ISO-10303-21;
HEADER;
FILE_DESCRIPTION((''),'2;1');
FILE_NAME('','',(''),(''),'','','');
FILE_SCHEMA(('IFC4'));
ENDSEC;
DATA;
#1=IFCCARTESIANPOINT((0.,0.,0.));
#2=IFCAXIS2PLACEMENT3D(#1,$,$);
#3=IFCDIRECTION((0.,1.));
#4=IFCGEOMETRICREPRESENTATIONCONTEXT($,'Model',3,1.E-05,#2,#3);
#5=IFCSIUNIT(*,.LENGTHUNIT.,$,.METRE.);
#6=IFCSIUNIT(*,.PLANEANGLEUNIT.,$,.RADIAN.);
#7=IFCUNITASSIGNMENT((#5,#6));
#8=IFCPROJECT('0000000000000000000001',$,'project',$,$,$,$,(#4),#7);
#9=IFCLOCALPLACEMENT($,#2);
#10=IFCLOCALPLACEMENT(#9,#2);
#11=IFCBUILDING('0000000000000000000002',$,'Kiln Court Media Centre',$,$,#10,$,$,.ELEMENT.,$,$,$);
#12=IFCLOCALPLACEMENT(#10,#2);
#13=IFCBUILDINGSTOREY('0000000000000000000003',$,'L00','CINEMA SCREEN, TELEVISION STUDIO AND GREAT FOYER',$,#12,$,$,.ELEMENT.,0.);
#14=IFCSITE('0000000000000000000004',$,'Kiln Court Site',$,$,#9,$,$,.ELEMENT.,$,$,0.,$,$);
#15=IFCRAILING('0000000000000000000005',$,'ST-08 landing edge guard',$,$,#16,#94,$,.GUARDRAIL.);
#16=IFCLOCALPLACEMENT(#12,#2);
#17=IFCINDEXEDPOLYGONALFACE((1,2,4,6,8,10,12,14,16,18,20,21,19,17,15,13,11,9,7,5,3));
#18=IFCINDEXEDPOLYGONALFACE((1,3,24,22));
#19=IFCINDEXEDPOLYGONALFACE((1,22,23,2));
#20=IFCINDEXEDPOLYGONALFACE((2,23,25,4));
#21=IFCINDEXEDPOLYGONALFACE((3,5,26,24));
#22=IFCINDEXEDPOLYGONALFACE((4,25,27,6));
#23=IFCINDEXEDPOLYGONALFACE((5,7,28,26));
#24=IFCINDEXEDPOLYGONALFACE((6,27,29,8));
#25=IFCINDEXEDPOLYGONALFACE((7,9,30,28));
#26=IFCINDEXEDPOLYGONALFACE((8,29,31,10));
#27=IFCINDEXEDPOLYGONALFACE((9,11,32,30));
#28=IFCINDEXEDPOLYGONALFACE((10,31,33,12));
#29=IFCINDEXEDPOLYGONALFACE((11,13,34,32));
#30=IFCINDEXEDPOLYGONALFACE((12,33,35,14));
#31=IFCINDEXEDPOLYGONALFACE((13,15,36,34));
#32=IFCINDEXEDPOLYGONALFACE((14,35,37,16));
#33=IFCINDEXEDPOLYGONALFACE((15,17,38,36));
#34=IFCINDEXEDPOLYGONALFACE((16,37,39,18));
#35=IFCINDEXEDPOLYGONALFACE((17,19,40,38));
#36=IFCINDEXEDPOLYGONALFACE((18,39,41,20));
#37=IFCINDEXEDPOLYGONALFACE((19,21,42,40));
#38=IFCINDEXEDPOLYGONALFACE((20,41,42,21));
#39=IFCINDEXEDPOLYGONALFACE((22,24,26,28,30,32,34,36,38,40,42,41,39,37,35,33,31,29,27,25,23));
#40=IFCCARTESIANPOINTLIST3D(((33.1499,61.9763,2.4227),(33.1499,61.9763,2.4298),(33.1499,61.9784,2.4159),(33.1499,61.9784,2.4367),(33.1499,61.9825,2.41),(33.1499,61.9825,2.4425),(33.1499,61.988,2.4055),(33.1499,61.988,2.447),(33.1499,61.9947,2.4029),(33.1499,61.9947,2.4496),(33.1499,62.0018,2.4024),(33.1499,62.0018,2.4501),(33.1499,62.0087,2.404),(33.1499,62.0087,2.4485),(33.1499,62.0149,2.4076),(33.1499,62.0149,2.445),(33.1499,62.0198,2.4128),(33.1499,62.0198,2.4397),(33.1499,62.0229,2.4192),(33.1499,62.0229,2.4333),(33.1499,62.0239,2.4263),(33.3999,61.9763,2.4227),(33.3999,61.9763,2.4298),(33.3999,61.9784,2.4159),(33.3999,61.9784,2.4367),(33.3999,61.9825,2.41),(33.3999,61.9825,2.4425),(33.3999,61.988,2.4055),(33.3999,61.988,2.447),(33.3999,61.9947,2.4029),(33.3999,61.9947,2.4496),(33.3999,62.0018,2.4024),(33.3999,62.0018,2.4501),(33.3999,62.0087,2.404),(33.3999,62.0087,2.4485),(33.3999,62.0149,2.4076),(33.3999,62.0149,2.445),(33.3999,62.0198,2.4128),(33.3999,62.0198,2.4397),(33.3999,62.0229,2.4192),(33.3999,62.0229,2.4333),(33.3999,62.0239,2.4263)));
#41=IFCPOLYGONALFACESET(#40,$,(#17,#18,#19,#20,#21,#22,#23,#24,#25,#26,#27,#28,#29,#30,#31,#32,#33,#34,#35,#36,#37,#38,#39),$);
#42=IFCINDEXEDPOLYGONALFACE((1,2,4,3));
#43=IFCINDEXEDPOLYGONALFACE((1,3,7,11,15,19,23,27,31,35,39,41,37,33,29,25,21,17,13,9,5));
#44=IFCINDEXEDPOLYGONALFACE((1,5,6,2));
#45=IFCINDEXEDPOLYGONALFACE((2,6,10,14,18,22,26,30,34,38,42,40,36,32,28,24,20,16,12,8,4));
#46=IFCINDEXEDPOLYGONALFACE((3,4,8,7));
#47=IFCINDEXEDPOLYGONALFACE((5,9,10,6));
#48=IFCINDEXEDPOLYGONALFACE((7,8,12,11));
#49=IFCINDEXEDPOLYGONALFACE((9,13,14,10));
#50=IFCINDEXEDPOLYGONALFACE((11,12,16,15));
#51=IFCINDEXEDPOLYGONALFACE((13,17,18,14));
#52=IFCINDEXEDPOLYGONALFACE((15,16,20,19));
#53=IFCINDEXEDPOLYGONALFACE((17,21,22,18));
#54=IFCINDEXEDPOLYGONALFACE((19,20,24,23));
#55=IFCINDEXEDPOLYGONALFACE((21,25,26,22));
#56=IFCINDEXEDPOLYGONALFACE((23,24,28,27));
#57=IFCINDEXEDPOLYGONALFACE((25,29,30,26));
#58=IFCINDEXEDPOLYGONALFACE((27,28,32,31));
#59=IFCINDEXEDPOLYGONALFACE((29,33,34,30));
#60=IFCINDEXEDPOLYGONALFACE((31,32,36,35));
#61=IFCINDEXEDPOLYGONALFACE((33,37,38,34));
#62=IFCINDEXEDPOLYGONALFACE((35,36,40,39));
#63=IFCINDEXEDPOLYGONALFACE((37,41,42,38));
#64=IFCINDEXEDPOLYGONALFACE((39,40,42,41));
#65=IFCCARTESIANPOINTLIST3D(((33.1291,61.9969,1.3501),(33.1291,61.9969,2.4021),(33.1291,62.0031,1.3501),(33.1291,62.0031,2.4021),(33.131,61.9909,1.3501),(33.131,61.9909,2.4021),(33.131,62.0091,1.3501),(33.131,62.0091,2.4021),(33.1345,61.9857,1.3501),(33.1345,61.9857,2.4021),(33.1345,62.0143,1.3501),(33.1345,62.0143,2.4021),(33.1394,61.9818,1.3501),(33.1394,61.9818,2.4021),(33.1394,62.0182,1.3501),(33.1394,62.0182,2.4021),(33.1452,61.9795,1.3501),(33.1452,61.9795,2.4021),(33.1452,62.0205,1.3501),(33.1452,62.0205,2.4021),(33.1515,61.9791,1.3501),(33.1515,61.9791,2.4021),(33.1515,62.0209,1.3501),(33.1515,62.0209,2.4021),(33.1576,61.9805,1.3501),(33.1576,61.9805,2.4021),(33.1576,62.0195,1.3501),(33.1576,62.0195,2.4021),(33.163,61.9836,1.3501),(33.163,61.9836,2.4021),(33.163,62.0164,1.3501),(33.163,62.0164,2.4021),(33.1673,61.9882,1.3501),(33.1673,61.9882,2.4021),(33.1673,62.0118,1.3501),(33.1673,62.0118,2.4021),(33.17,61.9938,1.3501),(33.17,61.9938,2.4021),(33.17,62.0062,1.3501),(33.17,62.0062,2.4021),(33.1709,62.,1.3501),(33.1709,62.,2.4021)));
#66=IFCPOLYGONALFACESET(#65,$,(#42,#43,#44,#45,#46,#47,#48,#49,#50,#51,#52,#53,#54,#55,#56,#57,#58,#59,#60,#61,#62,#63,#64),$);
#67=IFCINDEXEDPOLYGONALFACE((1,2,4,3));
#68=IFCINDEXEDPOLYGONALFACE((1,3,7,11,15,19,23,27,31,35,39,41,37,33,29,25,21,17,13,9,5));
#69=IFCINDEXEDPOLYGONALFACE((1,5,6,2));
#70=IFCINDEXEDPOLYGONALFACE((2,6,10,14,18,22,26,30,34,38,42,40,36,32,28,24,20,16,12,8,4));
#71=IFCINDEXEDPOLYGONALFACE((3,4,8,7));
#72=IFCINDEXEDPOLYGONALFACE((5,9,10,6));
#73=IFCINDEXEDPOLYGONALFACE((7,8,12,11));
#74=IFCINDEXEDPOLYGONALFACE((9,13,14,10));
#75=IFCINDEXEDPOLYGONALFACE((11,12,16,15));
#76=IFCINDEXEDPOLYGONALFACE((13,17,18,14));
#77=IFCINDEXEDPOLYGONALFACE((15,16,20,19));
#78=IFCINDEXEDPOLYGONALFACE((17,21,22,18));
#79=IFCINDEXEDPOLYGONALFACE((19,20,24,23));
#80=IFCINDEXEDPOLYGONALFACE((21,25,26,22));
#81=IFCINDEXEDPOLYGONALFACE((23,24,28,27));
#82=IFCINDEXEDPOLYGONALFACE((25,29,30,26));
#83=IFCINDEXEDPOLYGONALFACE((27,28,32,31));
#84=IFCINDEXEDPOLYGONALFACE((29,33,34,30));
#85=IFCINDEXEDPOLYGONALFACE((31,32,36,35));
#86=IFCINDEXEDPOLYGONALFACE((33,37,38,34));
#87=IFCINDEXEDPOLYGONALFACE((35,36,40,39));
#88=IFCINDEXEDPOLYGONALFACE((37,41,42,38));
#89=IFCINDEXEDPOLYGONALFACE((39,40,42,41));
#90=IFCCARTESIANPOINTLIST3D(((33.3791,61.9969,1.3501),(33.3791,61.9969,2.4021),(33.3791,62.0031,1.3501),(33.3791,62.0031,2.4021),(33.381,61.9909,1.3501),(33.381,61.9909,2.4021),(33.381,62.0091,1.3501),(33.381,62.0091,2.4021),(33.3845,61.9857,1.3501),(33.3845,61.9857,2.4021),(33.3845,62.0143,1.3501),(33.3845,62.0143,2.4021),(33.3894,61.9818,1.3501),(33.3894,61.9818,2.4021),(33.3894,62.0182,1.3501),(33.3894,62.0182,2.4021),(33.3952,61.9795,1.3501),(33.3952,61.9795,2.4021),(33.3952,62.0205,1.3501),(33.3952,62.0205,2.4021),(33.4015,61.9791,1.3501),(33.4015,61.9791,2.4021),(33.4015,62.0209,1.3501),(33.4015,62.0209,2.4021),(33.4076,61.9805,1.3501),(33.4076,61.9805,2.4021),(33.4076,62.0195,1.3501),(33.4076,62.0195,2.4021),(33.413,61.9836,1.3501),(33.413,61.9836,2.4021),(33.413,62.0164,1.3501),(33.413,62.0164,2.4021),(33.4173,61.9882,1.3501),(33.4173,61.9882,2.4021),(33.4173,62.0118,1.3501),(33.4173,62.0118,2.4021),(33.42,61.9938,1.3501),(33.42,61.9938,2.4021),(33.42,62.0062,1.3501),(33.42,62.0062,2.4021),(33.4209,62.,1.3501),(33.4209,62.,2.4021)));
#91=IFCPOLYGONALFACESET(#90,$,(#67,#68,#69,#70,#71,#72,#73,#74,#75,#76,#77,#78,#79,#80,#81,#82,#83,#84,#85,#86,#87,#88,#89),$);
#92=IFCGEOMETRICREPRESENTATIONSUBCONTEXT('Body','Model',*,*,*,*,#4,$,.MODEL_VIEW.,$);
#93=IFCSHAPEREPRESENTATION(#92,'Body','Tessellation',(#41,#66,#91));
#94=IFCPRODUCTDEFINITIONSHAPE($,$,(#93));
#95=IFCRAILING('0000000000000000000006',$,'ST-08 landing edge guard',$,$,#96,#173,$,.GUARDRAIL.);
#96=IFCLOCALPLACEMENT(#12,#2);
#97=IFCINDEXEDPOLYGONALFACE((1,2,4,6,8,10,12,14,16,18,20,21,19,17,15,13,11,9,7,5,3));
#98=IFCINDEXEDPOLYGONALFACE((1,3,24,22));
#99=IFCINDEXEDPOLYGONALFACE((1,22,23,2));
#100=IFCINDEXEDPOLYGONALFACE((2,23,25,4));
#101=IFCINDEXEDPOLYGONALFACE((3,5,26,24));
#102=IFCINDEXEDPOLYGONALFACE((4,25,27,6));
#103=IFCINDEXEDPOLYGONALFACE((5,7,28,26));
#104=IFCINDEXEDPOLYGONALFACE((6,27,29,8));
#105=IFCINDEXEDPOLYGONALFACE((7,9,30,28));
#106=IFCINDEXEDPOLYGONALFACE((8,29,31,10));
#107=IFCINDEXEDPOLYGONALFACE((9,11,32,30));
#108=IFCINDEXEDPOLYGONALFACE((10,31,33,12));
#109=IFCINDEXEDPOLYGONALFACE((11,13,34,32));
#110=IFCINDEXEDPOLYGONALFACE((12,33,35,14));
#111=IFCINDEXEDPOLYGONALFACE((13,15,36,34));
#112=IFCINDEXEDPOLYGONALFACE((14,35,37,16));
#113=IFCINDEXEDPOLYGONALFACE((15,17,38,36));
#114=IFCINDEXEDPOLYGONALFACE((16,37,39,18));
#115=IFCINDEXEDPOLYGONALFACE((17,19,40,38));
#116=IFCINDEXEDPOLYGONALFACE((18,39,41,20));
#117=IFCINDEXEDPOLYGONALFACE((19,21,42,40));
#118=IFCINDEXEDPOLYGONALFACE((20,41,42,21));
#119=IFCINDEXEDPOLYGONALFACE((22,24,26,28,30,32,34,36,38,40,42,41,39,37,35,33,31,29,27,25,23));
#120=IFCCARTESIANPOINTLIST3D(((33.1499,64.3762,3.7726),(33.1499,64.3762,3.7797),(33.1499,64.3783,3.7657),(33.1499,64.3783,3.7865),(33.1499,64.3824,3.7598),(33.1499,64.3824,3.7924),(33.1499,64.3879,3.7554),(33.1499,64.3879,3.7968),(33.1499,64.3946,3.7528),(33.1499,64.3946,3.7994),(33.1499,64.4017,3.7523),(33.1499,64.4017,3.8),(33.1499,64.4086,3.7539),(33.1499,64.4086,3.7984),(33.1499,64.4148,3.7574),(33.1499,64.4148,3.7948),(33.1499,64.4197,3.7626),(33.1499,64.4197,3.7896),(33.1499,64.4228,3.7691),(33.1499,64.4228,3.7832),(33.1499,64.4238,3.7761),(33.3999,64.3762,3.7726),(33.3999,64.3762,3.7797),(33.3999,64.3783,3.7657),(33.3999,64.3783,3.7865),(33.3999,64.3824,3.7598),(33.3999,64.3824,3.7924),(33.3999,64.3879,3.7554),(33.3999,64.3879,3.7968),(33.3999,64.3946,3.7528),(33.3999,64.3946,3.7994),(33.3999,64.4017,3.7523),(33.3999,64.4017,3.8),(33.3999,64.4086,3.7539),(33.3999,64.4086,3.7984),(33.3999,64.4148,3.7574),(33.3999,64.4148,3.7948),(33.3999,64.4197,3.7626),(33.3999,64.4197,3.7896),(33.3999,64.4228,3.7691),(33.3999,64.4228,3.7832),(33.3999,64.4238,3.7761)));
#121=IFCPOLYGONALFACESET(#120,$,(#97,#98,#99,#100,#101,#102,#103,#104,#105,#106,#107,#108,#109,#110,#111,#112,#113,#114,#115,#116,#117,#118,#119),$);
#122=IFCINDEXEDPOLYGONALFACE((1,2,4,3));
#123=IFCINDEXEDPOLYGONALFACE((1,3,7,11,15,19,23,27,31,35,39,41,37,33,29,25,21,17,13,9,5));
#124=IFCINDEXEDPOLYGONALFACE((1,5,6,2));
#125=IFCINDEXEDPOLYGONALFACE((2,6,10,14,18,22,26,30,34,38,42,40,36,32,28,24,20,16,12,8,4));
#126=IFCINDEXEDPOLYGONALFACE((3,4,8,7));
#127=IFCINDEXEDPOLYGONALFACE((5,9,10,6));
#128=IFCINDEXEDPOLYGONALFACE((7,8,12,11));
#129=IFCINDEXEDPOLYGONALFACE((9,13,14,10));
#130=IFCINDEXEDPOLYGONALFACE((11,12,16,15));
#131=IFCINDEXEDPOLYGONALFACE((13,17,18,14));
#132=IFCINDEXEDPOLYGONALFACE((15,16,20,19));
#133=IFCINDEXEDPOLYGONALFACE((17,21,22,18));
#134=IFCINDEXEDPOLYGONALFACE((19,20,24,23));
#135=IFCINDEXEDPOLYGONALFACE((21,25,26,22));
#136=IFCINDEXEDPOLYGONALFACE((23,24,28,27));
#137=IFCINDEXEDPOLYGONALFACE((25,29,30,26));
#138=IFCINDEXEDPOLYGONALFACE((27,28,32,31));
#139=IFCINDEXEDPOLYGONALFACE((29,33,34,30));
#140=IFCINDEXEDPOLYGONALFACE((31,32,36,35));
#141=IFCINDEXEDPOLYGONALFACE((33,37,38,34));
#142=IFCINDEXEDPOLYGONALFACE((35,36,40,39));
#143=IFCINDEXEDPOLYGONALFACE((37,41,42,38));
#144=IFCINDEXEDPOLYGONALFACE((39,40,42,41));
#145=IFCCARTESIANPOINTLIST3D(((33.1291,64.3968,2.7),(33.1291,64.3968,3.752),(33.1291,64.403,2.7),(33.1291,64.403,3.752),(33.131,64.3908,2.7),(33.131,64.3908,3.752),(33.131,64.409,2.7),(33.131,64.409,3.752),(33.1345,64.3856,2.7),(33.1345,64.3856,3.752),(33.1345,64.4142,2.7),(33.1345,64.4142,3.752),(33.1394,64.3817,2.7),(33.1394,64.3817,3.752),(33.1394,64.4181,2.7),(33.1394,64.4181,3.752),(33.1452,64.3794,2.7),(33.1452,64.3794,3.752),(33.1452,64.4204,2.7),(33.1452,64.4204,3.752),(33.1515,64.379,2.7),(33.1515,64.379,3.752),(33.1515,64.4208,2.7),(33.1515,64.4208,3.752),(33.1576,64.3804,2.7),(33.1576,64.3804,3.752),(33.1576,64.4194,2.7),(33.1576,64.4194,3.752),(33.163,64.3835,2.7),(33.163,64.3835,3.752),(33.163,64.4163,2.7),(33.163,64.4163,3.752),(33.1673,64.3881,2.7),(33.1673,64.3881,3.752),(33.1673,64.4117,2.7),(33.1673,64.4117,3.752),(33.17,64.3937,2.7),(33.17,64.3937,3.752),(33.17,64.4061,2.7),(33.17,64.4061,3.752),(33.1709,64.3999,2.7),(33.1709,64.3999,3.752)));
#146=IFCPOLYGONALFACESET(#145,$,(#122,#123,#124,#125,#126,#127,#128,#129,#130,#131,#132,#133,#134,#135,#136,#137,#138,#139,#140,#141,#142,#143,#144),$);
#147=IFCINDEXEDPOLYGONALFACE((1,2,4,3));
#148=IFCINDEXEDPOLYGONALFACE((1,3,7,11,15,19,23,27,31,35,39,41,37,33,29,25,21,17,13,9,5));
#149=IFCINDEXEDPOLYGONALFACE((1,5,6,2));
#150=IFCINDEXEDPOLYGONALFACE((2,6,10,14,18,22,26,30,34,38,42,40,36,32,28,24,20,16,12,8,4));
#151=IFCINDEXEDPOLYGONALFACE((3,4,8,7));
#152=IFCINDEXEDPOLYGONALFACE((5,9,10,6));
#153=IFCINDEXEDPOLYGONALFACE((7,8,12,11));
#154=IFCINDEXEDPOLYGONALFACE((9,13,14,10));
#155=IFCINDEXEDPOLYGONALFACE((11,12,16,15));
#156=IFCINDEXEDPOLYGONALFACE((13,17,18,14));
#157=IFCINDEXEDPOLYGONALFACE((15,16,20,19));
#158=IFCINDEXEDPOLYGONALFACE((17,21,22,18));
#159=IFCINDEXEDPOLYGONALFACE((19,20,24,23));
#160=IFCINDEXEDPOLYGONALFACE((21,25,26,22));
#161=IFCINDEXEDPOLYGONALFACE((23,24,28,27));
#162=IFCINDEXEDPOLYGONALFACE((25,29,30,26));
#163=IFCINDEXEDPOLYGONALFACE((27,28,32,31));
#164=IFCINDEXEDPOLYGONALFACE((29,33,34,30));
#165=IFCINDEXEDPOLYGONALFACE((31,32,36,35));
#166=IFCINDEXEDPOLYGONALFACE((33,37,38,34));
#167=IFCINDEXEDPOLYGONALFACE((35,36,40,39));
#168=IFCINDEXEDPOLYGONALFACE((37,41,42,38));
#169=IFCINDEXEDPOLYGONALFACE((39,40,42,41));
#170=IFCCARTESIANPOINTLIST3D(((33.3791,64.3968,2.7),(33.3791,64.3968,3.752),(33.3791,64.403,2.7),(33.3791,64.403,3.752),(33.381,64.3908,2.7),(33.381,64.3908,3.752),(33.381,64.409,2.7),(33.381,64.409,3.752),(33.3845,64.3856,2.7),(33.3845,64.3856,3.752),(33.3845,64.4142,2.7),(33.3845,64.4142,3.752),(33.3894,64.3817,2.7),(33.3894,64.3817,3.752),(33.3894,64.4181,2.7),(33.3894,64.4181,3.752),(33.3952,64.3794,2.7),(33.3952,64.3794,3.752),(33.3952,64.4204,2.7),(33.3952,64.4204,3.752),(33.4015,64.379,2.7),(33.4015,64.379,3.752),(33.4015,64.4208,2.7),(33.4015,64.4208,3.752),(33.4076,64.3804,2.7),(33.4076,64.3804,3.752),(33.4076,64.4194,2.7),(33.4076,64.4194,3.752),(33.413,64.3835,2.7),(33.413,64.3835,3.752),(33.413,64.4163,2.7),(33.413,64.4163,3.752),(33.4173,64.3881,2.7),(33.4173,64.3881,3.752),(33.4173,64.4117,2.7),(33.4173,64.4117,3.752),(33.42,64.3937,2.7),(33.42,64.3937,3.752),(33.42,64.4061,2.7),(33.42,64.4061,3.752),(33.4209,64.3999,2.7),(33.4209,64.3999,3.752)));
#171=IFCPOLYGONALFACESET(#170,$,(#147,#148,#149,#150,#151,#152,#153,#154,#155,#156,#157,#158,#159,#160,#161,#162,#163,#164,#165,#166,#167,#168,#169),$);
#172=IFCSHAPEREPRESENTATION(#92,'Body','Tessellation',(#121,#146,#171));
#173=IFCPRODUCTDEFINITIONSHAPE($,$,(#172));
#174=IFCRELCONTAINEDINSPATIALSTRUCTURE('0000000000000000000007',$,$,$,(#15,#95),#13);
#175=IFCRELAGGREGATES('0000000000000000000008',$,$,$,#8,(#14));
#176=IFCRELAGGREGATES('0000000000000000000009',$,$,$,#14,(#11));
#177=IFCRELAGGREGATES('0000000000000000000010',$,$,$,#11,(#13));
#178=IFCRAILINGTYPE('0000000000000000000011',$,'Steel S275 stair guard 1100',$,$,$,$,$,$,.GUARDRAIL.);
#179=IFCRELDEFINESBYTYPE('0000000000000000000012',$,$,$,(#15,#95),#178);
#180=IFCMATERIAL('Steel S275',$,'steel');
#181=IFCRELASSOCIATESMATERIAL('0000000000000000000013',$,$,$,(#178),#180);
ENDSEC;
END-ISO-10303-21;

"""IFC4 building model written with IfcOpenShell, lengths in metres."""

from ifc_helpers import new_model, si_unit, direction, frame, origin, origin_2d, place, context, subcontext, project, spatial, circle, extrude, material, type_object, element, save


model = new_model("IFC4")

# Units and contexts
model_context = context("Model", 3, precision=1e-05, world=origin(), true_north=direction((0.0, 1.0)))
body_context = subcontext(model_context, "Body", "Model", "MODEL_VIEW")
ifc_project = project(units=[si_unit("LENGTHUNIT", "METRE"), si_unit("PLANEANGLEUNIT", "RADIAN")], contexts=[model_context])

# Site, building, storey
site_placement = place(None, origin())
site = spatial("IfcSite", under=ifc_project, at=site_placement, Name="Kiln Court Site", CompositionType="ELEMENT", RefElevation=0.0)
building_placement = place(site_placement, origin())
building = spatial("IfcBuilding", under=site, at=building_placement, Name="Kiln Court Media Centre", CompositionType="ELEMENT")
storey_placement = place(building_placement, origin())
storey = spatial("IfcBuildingStorey", under=building, at=storey_placement, Name="L00", Description="CINEMA SCREEN, TELEVISION STUDIO AND GREAT FOYER", CompositionType="ELEMENT", Elevation=0.0)

# Railings
ifc_material_1 = material(Name="Steel S275", Category="steel")
railing_type_1 = type_object("IfcRailingType", Name="Steel S275 stair guard 1100", PredefinedType="GUARDRAIL", material=ifc_material_1)
for number, where, name in (
    (1, (33.1499, 62.0, 1.3501), "ST-08 landing edge guard"),
    (2, (33.1499, 64.3999, 2.7), "ST-08 landing edge guard"),
):
    element("IfcRailing", number, at=place(storey_placement, frame(where)), inside=storey, type_object=railing_type_1, Name=name, PredefinedType="GUARDRAIL", context=body_context, shape_type="SweptSolid", body=[
        extrude(circle(Radius=0.0239, at=origin_2d()), frame((0.0, 0.0, 1.0762), z_axis=(1.0, 0.0, 0.0), x_axis=(0.0, 1.0, 0.0)), (0.0, 0.0, 1.0), 0.25),
        extrude(circle(Radius=0.021, at=origin_2d()), origin(), (0.0, 0.0, 1.0), 1.052),
        extrude(circle(Radius=0.021, at=origin_2d()), frame((0.25, 0.0, 0.0)), (0.0, 0.0, 1.0), 1.052),
    ])

save(model, "model.ifc")
